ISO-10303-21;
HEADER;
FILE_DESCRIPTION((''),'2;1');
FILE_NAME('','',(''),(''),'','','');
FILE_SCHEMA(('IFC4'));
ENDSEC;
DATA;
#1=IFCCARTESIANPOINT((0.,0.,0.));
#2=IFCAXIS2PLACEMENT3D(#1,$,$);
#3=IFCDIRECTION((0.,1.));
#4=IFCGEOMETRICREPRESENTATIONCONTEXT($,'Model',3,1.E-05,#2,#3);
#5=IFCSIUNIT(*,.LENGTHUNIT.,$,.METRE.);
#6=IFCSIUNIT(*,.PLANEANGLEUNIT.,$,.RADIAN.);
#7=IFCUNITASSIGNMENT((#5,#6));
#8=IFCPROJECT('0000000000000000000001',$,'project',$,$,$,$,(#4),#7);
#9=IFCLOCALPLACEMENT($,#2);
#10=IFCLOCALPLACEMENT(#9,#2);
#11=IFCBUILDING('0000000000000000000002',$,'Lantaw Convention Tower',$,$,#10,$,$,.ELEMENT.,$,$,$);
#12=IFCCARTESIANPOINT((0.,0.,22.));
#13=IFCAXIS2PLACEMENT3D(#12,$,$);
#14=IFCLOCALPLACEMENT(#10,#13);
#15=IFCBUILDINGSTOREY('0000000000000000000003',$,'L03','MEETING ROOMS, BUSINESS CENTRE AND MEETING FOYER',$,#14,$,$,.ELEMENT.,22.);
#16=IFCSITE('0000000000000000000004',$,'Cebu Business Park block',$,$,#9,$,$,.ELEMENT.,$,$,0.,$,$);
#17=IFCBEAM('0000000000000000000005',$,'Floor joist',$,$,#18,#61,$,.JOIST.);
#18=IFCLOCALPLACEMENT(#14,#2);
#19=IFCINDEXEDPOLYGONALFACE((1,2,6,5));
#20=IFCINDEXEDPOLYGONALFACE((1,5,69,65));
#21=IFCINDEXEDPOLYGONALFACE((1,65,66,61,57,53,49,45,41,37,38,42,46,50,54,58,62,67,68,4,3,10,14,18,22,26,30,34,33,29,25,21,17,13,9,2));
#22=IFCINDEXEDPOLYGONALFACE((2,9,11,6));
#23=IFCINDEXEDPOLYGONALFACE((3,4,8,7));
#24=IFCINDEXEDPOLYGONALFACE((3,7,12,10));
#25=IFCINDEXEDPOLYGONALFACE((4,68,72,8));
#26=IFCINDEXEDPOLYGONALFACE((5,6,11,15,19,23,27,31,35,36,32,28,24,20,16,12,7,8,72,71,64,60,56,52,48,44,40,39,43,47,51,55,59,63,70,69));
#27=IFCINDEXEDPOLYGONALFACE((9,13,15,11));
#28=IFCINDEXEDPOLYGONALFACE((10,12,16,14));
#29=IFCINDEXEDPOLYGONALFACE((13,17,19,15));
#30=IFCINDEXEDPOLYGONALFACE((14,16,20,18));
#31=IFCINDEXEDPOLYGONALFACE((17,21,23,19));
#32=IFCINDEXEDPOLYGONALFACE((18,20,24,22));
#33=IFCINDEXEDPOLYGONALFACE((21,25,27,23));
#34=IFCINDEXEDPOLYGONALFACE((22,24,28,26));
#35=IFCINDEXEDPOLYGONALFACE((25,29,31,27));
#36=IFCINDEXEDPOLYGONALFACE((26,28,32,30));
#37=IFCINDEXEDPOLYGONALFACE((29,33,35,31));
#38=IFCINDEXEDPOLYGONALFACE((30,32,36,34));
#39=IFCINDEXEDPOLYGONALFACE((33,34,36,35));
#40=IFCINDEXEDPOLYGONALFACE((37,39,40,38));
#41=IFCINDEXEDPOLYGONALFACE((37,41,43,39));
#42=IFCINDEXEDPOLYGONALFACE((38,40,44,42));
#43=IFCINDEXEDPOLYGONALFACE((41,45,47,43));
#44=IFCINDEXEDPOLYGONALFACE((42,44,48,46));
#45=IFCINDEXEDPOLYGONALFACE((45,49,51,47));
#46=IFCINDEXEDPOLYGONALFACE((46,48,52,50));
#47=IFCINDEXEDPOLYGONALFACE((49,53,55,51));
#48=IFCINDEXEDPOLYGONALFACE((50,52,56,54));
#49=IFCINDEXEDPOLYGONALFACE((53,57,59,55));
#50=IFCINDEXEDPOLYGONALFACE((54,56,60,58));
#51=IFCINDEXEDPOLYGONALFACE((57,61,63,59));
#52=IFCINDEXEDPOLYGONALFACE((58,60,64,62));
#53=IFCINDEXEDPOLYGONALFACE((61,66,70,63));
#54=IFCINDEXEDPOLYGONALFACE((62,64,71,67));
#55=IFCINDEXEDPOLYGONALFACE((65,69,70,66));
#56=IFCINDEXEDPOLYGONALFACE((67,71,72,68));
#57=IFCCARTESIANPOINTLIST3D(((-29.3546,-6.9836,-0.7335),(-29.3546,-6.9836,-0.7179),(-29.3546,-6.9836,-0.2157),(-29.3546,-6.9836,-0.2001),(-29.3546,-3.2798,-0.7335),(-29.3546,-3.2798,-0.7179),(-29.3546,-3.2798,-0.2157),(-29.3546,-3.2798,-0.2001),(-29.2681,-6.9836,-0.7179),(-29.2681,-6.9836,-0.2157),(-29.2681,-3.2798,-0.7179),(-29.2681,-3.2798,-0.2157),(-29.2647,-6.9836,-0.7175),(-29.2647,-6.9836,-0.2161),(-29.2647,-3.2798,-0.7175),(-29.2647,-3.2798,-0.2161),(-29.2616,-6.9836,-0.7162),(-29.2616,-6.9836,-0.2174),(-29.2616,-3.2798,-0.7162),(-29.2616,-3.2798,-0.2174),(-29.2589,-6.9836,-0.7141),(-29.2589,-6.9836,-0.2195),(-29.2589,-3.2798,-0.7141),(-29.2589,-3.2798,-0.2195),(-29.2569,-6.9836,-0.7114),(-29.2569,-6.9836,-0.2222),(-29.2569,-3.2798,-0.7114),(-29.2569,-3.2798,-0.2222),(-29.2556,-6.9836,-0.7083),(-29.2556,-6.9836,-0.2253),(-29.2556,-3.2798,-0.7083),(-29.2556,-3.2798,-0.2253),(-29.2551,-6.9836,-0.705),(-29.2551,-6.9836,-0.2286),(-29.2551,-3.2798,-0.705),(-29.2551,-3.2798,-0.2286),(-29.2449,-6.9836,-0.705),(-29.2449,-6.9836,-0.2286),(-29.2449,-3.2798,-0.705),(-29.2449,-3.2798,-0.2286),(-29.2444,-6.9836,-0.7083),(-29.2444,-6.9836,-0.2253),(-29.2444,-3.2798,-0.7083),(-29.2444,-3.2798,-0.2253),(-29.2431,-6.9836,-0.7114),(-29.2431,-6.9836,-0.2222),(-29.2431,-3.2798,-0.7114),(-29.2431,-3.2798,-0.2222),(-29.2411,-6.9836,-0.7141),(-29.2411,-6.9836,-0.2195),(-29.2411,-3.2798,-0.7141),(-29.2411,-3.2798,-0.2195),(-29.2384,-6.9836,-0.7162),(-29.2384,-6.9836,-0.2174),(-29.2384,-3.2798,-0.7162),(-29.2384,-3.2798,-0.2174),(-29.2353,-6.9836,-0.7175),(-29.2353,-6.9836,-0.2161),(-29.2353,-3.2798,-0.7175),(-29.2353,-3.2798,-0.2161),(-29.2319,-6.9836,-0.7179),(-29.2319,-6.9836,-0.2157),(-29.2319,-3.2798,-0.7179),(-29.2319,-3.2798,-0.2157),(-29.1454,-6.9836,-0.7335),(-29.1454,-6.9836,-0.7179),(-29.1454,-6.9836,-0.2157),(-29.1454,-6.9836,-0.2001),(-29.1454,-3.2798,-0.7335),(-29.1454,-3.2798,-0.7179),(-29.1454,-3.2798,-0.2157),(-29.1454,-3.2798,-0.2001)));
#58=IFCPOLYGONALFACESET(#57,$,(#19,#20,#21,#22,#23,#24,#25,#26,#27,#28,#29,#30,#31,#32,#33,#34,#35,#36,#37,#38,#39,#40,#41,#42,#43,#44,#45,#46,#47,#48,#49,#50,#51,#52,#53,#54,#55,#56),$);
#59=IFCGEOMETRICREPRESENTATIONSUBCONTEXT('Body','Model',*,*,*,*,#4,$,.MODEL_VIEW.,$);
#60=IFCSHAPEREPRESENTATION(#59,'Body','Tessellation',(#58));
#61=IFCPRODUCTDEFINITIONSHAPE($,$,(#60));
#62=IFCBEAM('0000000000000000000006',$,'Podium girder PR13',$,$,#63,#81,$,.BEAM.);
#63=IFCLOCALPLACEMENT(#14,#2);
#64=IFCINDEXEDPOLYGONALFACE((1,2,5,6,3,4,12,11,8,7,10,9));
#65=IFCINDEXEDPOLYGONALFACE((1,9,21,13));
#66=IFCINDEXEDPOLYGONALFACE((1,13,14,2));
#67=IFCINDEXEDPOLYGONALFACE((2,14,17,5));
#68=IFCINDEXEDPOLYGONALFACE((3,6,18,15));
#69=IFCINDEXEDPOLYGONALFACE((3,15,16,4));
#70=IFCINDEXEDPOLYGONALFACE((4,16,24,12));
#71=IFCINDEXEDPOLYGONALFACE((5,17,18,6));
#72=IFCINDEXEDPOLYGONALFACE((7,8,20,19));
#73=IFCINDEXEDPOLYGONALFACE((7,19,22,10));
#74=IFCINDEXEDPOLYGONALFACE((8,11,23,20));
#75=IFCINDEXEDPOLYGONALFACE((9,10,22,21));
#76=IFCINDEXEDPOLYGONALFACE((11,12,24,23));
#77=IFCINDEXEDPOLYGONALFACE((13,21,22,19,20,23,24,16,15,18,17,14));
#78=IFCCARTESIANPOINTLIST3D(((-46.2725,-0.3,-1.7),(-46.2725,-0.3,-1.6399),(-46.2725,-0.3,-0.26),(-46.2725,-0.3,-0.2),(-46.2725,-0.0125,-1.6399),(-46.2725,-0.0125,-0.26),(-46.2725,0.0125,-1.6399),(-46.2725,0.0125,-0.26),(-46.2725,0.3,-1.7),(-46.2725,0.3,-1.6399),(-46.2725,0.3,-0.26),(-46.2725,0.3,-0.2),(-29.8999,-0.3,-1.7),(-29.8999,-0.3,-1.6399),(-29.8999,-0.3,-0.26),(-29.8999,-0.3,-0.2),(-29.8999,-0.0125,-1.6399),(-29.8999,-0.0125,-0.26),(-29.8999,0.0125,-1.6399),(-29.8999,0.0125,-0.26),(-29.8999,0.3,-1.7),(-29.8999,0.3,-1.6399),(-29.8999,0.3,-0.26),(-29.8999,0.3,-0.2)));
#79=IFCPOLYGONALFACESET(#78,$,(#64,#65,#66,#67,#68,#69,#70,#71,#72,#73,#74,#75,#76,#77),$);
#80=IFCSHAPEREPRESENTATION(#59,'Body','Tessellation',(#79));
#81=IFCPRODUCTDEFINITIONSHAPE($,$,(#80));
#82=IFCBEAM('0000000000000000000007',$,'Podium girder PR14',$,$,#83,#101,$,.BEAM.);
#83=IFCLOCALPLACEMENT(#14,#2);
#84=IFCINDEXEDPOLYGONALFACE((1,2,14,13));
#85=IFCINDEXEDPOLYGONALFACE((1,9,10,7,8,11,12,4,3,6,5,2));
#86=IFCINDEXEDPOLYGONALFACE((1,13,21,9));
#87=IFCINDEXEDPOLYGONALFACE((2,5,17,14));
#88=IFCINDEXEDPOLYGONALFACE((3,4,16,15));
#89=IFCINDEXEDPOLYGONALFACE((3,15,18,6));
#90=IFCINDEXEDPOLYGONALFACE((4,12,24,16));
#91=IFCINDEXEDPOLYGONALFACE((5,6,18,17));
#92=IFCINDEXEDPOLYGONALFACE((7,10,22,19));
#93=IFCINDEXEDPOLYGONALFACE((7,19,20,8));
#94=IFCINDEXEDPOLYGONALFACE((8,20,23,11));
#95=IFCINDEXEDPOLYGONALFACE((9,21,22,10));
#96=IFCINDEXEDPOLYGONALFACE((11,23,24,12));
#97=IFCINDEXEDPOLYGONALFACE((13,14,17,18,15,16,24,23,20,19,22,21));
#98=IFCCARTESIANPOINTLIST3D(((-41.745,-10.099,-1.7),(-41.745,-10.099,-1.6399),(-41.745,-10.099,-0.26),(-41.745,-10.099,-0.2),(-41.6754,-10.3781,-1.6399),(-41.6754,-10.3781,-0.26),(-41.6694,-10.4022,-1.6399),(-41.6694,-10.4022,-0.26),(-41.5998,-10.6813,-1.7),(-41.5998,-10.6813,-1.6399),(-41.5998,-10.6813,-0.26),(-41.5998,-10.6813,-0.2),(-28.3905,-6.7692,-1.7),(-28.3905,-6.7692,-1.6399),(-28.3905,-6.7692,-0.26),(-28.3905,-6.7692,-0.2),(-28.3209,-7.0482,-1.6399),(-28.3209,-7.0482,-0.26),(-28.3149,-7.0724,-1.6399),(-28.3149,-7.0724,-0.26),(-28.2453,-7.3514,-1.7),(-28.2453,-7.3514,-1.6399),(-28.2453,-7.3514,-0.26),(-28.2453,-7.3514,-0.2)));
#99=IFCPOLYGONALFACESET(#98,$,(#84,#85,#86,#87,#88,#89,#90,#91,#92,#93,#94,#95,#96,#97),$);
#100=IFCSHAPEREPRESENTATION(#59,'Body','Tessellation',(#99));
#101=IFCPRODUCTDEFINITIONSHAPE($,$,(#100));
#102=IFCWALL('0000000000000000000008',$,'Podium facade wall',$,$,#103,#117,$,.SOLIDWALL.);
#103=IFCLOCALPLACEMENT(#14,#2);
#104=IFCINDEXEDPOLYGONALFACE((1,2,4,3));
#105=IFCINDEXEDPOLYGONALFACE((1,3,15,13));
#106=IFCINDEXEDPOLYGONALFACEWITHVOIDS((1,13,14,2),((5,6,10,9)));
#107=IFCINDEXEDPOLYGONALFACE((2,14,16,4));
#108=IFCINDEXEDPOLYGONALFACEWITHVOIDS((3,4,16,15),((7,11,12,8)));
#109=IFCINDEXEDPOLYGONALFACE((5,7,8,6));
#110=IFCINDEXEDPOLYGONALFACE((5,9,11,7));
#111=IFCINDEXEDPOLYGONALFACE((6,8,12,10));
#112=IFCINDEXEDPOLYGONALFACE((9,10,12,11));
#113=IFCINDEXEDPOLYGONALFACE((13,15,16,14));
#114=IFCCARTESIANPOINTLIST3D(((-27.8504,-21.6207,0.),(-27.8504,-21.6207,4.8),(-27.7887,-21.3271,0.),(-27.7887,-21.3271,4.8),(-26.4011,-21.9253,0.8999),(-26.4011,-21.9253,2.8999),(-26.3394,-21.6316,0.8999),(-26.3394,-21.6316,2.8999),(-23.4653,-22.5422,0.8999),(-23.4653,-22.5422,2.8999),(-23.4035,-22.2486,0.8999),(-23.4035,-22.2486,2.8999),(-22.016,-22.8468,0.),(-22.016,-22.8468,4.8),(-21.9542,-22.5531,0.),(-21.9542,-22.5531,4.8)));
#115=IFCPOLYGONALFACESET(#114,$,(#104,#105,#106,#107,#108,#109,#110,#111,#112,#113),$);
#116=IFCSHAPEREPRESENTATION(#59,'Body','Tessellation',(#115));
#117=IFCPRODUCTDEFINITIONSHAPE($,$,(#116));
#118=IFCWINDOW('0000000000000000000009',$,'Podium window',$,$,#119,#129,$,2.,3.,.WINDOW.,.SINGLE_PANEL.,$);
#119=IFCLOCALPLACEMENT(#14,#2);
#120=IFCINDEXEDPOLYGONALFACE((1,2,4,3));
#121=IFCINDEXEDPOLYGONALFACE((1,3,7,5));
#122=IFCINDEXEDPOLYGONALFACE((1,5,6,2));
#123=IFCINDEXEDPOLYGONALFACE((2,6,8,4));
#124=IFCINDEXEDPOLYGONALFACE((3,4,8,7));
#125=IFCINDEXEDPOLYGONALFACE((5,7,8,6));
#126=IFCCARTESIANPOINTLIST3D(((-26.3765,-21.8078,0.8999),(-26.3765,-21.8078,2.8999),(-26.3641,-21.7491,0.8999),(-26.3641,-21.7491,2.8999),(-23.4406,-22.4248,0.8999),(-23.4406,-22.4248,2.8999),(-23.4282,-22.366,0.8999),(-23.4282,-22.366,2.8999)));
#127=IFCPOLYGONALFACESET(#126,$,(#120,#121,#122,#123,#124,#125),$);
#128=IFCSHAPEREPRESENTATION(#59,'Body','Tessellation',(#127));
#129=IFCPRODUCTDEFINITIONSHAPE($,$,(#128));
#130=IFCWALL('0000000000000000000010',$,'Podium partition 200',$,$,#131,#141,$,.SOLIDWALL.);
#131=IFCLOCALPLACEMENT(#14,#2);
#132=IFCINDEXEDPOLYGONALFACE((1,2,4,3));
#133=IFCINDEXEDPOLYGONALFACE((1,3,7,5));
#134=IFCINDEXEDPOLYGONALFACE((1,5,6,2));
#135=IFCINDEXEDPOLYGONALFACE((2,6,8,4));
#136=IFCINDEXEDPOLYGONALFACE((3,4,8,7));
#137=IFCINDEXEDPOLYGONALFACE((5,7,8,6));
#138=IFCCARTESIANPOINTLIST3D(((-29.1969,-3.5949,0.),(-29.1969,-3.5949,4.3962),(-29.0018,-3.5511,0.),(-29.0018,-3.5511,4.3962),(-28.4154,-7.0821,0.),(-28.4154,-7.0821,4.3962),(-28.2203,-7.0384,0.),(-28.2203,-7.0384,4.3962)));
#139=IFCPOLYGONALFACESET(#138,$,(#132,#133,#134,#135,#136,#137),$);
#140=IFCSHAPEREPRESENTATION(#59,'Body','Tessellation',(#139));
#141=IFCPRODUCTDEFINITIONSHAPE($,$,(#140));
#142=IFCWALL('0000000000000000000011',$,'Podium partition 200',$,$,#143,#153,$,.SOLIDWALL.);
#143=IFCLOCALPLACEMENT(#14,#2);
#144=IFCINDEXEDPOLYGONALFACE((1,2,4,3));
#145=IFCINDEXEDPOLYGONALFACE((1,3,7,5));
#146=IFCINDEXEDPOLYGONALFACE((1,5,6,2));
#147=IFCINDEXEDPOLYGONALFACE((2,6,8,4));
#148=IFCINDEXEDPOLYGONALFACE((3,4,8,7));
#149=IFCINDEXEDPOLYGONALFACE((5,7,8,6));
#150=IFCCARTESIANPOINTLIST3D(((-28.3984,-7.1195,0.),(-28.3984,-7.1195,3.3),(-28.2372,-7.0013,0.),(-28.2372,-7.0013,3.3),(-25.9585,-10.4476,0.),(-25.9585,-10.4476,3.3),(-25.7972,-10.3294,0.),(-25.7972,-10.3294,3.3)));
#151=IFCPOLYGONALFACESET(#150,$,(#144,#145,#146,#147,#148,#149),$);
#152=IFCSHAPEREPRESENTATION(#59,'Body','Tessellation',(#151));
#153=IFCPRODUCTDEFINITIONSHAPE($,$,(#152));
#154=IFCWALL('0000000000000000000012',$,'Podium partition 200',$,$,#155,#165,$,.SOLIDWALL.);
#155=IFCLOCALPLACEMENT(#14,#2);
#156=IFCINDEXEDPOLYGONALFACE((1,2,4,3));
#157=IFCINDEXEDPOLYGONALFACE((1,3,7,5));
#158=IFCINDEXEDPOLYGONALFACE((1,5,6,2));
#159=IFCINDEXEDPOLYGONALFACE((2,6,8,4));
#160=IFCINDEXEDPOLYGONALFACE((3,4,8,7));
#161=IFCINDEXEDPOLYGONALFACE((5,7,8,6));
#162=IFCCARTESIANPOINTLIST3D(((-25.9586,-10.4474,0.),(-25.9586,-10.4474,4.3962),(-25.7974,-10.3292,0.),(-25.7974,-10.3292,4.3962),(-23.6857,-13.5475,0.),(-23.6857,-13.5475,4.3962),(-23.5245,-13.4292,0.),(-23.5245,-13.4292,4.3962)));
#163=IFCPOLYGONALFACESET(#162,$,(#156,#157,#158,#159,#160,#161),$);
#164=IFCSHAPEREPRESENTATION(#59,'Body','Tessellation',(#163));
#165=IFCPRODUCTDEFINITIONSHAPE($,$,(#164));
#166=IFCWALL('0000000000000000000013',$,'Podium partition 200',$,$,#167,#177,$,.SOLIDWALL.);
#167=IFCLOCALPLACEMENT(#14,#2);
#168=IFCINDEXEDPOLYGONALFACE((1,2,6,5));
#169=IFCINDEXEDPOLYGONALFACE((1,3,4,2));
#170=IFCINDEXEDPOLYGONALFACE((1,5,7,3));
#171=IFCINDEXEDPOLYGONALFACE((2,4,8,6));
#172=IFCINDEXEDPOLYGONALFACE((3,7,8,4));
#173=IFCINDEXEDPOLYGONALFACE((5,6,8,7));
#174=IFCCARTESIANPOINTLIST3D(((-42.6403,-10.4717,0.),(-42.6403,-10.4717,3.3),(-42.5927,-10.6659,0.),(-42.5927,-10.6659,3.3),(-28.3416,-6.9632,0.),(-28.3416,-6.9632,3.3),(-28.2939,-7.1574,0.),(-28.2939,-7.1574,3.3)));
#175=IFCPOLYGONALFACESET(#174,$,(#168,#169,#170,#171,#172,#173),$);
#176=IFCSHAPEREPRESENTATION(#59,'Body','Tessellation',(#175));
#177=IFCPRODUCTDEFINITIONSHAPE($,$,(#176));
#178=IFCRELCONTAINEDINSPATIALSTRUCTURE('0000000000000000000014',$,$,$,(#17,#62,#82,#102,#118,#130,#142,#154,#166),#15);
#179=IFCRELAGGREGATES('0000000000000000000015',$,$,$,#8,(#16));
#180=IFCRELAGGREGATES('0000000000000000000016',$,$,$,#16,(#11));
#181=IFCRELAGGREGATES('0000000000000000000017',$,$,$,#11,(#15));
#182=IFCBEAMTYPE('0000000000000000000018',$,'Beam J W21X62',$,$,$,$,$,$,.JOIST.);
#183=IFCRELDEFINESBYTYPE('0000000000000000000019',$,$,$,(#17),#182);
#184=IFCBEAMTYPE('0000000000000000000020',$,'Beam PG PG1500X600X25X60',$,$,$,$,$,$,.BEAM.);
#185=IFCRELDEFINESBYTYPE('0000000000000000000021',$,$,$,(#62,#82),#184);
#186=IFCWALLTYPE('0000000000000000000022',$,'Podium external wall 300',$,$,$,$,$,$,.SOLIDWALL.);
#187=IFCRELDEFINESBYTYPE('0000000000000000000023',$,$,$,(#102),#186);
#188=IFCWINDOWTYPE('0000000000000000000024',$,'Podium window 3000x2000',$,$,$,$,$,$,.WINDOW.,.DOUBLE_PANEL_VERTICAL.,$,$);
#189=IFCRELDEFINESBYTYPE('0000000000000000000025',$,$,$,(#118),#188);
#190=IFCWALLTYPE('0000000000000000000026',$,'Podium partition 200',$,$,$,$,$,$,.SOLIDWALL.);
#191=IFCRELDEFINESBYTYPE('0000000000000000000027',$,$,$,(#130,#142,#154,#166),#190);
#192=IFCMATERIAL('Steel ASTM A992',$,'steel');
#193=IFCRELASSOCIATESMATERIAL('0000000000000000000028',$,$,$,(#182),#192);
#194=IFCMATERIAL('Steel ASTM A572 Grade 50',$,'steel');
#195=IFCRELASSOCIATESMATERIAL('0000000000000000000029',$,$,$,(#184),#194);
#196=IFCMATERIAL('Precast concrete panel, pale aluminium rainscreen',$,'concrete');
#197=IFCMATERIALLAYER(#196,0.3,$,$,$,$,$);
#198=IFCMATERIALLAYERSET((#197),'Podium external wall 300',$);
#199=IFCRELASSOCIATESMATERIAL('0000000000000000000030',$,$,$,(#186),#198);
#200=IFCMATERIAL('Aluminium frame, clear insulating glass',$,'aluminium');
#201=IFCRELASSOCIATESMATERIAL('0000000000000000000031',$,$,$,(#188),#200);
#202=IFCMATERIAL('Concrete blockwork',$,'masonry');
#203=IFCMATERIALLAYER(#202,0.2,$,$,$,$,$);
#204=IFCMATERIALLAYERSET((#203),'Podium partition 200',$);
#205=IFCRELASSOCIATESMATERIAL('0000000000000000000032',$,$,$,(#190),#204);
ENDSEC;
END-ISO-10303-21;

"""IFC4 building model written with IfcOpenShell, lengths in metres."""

from ifc_helpers import new_model, si_unit, direction, frame, frame_2d, origin, origin_2d, place, context, subcontext, project, spatial, rectangle, i_section, extrude, material, layer, layer_set, material_profile, profile_set, type_object, element, fill, save


model = new_model("IFC4")

# Units and contexts
model_context = context("Model", 3, precision=1e-05, world=origin(), true_north=direction((0.0, 1.0)))
body_context = subcontext(model_context, "Body", "Model", "MODEL_VIEW")
ifc_project = project(units=[si_unit("LENGTHUNIT", "METRE"), si_unit("PLANEANGLEUNIT", "RADIAN")], contexts=[model_context])

# Site, building, storey
site_placement = place(None, origin())
site = spatial("IfcSite", under=ifc_project, at=site_placement, Name="Cebu Business Park block", CompositionType="ELEMENT", RefElevation=0.0)
building_placement = place(site_placement, origin())
building = spatial("IfcBuilding", under=site, at=building_placement, Name="Lantaw Convention Tower", CompositionType="ELEMENT")
storey_placement = place(building_placement, frame((0.0, 0.0, 22.0)))
storey = spatial("IfcBuildingStorey", under=building, at=storey_placement, Name="L03", Description="MEETING ROOMS, BUSINESS CENTRE AND MEETING FOYER", CompositionType="ELEMENT", Elevation=22.0)

# Shared definitions
ifc_material_1 = material(Name="Steel ASTM A572 Grade 50", Category="steel")

# Beams
ifc_material_2 = material(Name="Steel ASTM A992", Category="steel")
ifc_material_profile_1 = material_profile(ifc_material_2, i_section(OverallWidth=0.2092, OverallDepth=0.5334, WebThickness=0.0103, FlangeThickness=0.0156, FilletRadius=0.0129, at=origin_2d()), Name="W21X62")
ifc_profile_set_1 = profile_set([ifc_material_profile_1], Name="Steel ASTM A992")
beam_type_1 = type_object("IfcBeamType", Name="Beam J W21X62", PredefinedType="JOIST", material=ifc_profile_set_1)
beam_1_placement = place(storey_placement, frame((-29.25, -6.9836, -0.4668), z_axis=(0.0, 1.0, 0.0), x_axis=(-1.0, 0.0, 0.0)))
element("IfcBeam", 1, at=beam_1_placement, inside=storey, type_object=beam_type_1, Name="Floor joist", PredefinedType="JOIST", context=body_context, shape_type="SweptSolid", body=[
    extrude(i_section(OverallWidth=0.2092, OverallDepth=0.5334, WebThickness=0.0103, FlangeThickness=0.0156, FilletRadius=0.0129, at=origin_2d()), origin(), (0.0, 0.0, 1.0), 3.7039),
])
ifc_material_profile_2 = material_profile(ifc_material_1, i_section(OverallWidth=0.6001, OverallDepth=1.5, WebThickness=0.0249, FlangeThickness=0.0601, at=origin_2d()), Name="PG1500X600X25X60")
ifc_profile_set_2 = profile_set([ifc_material_profile_2], Name="Steel ASTM A572 Grade 50")
beam_type_2 = type_object("IfcBeamType", Name="Beam PG PG1500X600X25X60", PredefinedType="BEAM", material=ifc_profile_set_2)
beam_2_placement = place(storey_placement, frame((-29.8999, 0.0, -0.95), z_axis=(-1.0, 0.0, 0.0), x_axis=(0.0, -1.0, 0.0)))
element("IfcBeam", 2, at=beam_2_placement, inside=storey, type_object=beam_type_2, Name="Podium girder PR13", PredefinedType="BEAM", context=body_context, shape_type="SweptSolid", body=[
    extrude(i_section(OverallWidth=0.6001, OverallDepth=1.5, WebThickness=0.0249, FlangeThickness=0.0601, at=origin_2d()), origin(), (0.0, 0.0, 1.0), 16.3726),
])
beam_3_placement = place(storey_placement, frame((-28.3179, -7.0603, -0.95), z_axis=(-0.970293, -0.241935, 0.0), x_axis=(0.241935, -0.970293, 0.0)))
element("IfcBeam", 3, at=beam_3_placement, inside=storey, type_object=beam_type_2, Name="Podium girder PR14", PredefinedType="BEAM", context=body_context, shape_type="SweptSolid", body=[
    extrude(i_section(OverallWidth=0.6001, OverallDepth=1.5, WebThickness=0.0249, FlangeThickness=0.0601, at=origin_2d()), origin(), (0.0, 0.0, 1.0), 13.7634),
])

# Wall, opening, window
ifc_material_3 = material(Name="Precast concrete panel, pale aluminium rainscreen", Category="concrete")
ifc_layer_1 = layer(ifc_material_3, 0.3)
ifc_layer_set_1 = layer_set([ifc_layer_1], Name="Podium external wall 300")
wall_type_1 = type_object("IfcWallType", Name="Podium external wall 300", PredefinedType="SOLIDWALL", material=ifc_layer_set_1)
wall_1_placement = place(storey_placement, frame((-27.8196, -21.4739, 0.0), z_axis=(0.0, 0.0, 1.0), x_axis=(0.978625, -0.205651, 0.0)))
wall_1 = element("IfcWall", 4, at=wall_1_placement, inside=storey, type_object=wall_type_1, Name="Podium facade wall", PredefinedType="SOLIDWALL", context=body_context, shape_type="SweptSolid", body=[
    extrude(rectangle(XDim=5.9619, YDim=0.3, at=frame_2d((2.981, 0.0))), origin(), (0.0, 0.0, 1.0), 4.8),
])
opening_1_placement = place(wall_1_placement, frame((1.481, 0.0, 0.8999)))
opening_1 = element("IfcOpeningElement", 5, at=opening_1_placement, cuts=wall_1, PredefinedType="OPENING", context=body_context, shape_type="SweptSolid", body=[
    extrude(rectangle(XDim=3.0, YDim=2.0, at=frame_2d((1.5, 1.0))), frame((0.0, 0.1599, 0.0), z_axis=(0.0, -1.0, 0.0), x_axis=(1.0, 0.0, 0.0)), (0.0, 0.0, 1.0), 0.3201),
])
ifc_material_4 = material(Name="Aluminium frame, clear insulating glass", Category="aluminium")
window_type = type_object("IfcWindowType", Name="Podium window 3000x2000", PartitioningType="DOUBLE_PANEL_VERTICAL", PredefinedType="WINDOW", material=ifc_material_4)
window_placement = place(opening_1_placement, origin())
window = element("IfcWindow", 6, at=window_placement, inside=storey, type_object=window_type, Name="Podium window", OverallHeight=2.0, OverallWidth=3.0, PartitioningType="SINGLE_PANEL", PredefinedType="WINDOW", context=body_context, shape_type="SweptSolid", body=[
    extrude(rectangle(XDim=3.0, YDim=2.0, at=frame_2d((1.5, 1.0))), frame((0.0, 0.03, 0.0), z_axis=(0.0, -1.0, 0.0), x_axis=(1.0, 0.0, 0.0)), (0.0, 0.0, 1.0), 0.0601),
])
fill(opening_1, window)

# Shared definitions
ifc_material_5 = material(Name="Concrete blockwork", Category="masonry")
ifc_layer_2 = layer(ifc_material_5, 0.2)
ifc_layer_set_2 = layer_set([ifc_layer_2], Name="Podium partition 200")
wall_type_2 = type_object("IfcWallType", Name="Podium partition 200", PredefinedType="SOLIDWALL", material=ifc_layer_set_2)

# Walls
wall_2_placement = place(storey_placement, frame((-29.0994, -3.573, 0.0), z_axis=(0.0, 0.0, 1.0), x_axis=(0.218673, -0.975798, 0.0)))
element("IfcWall", 7, at=wall_2_placement, inside=storey, type_object=wall_type_2, Name="Podium partition 200", PredefinedType="SOLIDWALL", context=body_context, shape_type="SweptSolid", body=[
    extrude(rectangle(XDim=3.5737, YDim=0.2, at=frame_2d((1.7869, 0.0))), origin(), (0.0, 0.0, 1.0), 4.3962),
])
wall_3_placement = place(storey_placement, frame((-28.3179, -7.0603, 0.0), z_axis=(0.0, 0.0, 1.0), x_axis=(0.591256, -0.806484, 0.0)))
element("IfcWall", 8, at=wall_3_placement, inside=storey, type_object=wall_type_2, Name="Podium partition 200", PredefinedType="SOLIDWALL", context=body_context, shape_type="SweptSolid", body=[
    extrude(rectangle(XDim=4.1267, YDim=0.2, at=frame_2d((2.0635, 0.0))), origin(), (0.0, 0.0, 1.0), 3.3),
])
wall_4_placement = place(storey_placement, frame((-25.8779, -10.3884, 0.0), z_axis=(0.0, 0.0, 1.0), x_axis=(0.591287, -0.806462, 0.0)))
element("IfcWall", 9, at=wall_4_placement, inside=storey, type_object=wall_type_2, Name="Podium partition 200", PredefinedType="SOLIDWALL", context=body_context, shape_type="SweptSolid", body=[
    extrude(rectangle(XDim=3.844, YDim=0.2, at=frame_2d((1.9219, 0.0))), origin(), (0.0, 0.0, 1.0), 4.3962),
])
wall_5_placement = place(storey_placement, frame((-28.3179, -7.0603, 0.0), z_axis=(0.0, 0.0, 1.0), x_axis=(-0.971191, -0.238304, 0.0)))
element("IfcWall", 10, at=wall_5_placement, inside=storey, type_object=wall_type_2, Name="Podium partition 200", PredefinedType="SOLIDWALL", context=body_context, shape_type="SweptSolid", body=[
    extrude(rectangle(XDim=14.7229, YDim=0.2, at=frame_2d((7.3613, 0.0))), origin(), (0.0, 0.0, 1.0), 3.3),
])

save(model, "model.ifc")
